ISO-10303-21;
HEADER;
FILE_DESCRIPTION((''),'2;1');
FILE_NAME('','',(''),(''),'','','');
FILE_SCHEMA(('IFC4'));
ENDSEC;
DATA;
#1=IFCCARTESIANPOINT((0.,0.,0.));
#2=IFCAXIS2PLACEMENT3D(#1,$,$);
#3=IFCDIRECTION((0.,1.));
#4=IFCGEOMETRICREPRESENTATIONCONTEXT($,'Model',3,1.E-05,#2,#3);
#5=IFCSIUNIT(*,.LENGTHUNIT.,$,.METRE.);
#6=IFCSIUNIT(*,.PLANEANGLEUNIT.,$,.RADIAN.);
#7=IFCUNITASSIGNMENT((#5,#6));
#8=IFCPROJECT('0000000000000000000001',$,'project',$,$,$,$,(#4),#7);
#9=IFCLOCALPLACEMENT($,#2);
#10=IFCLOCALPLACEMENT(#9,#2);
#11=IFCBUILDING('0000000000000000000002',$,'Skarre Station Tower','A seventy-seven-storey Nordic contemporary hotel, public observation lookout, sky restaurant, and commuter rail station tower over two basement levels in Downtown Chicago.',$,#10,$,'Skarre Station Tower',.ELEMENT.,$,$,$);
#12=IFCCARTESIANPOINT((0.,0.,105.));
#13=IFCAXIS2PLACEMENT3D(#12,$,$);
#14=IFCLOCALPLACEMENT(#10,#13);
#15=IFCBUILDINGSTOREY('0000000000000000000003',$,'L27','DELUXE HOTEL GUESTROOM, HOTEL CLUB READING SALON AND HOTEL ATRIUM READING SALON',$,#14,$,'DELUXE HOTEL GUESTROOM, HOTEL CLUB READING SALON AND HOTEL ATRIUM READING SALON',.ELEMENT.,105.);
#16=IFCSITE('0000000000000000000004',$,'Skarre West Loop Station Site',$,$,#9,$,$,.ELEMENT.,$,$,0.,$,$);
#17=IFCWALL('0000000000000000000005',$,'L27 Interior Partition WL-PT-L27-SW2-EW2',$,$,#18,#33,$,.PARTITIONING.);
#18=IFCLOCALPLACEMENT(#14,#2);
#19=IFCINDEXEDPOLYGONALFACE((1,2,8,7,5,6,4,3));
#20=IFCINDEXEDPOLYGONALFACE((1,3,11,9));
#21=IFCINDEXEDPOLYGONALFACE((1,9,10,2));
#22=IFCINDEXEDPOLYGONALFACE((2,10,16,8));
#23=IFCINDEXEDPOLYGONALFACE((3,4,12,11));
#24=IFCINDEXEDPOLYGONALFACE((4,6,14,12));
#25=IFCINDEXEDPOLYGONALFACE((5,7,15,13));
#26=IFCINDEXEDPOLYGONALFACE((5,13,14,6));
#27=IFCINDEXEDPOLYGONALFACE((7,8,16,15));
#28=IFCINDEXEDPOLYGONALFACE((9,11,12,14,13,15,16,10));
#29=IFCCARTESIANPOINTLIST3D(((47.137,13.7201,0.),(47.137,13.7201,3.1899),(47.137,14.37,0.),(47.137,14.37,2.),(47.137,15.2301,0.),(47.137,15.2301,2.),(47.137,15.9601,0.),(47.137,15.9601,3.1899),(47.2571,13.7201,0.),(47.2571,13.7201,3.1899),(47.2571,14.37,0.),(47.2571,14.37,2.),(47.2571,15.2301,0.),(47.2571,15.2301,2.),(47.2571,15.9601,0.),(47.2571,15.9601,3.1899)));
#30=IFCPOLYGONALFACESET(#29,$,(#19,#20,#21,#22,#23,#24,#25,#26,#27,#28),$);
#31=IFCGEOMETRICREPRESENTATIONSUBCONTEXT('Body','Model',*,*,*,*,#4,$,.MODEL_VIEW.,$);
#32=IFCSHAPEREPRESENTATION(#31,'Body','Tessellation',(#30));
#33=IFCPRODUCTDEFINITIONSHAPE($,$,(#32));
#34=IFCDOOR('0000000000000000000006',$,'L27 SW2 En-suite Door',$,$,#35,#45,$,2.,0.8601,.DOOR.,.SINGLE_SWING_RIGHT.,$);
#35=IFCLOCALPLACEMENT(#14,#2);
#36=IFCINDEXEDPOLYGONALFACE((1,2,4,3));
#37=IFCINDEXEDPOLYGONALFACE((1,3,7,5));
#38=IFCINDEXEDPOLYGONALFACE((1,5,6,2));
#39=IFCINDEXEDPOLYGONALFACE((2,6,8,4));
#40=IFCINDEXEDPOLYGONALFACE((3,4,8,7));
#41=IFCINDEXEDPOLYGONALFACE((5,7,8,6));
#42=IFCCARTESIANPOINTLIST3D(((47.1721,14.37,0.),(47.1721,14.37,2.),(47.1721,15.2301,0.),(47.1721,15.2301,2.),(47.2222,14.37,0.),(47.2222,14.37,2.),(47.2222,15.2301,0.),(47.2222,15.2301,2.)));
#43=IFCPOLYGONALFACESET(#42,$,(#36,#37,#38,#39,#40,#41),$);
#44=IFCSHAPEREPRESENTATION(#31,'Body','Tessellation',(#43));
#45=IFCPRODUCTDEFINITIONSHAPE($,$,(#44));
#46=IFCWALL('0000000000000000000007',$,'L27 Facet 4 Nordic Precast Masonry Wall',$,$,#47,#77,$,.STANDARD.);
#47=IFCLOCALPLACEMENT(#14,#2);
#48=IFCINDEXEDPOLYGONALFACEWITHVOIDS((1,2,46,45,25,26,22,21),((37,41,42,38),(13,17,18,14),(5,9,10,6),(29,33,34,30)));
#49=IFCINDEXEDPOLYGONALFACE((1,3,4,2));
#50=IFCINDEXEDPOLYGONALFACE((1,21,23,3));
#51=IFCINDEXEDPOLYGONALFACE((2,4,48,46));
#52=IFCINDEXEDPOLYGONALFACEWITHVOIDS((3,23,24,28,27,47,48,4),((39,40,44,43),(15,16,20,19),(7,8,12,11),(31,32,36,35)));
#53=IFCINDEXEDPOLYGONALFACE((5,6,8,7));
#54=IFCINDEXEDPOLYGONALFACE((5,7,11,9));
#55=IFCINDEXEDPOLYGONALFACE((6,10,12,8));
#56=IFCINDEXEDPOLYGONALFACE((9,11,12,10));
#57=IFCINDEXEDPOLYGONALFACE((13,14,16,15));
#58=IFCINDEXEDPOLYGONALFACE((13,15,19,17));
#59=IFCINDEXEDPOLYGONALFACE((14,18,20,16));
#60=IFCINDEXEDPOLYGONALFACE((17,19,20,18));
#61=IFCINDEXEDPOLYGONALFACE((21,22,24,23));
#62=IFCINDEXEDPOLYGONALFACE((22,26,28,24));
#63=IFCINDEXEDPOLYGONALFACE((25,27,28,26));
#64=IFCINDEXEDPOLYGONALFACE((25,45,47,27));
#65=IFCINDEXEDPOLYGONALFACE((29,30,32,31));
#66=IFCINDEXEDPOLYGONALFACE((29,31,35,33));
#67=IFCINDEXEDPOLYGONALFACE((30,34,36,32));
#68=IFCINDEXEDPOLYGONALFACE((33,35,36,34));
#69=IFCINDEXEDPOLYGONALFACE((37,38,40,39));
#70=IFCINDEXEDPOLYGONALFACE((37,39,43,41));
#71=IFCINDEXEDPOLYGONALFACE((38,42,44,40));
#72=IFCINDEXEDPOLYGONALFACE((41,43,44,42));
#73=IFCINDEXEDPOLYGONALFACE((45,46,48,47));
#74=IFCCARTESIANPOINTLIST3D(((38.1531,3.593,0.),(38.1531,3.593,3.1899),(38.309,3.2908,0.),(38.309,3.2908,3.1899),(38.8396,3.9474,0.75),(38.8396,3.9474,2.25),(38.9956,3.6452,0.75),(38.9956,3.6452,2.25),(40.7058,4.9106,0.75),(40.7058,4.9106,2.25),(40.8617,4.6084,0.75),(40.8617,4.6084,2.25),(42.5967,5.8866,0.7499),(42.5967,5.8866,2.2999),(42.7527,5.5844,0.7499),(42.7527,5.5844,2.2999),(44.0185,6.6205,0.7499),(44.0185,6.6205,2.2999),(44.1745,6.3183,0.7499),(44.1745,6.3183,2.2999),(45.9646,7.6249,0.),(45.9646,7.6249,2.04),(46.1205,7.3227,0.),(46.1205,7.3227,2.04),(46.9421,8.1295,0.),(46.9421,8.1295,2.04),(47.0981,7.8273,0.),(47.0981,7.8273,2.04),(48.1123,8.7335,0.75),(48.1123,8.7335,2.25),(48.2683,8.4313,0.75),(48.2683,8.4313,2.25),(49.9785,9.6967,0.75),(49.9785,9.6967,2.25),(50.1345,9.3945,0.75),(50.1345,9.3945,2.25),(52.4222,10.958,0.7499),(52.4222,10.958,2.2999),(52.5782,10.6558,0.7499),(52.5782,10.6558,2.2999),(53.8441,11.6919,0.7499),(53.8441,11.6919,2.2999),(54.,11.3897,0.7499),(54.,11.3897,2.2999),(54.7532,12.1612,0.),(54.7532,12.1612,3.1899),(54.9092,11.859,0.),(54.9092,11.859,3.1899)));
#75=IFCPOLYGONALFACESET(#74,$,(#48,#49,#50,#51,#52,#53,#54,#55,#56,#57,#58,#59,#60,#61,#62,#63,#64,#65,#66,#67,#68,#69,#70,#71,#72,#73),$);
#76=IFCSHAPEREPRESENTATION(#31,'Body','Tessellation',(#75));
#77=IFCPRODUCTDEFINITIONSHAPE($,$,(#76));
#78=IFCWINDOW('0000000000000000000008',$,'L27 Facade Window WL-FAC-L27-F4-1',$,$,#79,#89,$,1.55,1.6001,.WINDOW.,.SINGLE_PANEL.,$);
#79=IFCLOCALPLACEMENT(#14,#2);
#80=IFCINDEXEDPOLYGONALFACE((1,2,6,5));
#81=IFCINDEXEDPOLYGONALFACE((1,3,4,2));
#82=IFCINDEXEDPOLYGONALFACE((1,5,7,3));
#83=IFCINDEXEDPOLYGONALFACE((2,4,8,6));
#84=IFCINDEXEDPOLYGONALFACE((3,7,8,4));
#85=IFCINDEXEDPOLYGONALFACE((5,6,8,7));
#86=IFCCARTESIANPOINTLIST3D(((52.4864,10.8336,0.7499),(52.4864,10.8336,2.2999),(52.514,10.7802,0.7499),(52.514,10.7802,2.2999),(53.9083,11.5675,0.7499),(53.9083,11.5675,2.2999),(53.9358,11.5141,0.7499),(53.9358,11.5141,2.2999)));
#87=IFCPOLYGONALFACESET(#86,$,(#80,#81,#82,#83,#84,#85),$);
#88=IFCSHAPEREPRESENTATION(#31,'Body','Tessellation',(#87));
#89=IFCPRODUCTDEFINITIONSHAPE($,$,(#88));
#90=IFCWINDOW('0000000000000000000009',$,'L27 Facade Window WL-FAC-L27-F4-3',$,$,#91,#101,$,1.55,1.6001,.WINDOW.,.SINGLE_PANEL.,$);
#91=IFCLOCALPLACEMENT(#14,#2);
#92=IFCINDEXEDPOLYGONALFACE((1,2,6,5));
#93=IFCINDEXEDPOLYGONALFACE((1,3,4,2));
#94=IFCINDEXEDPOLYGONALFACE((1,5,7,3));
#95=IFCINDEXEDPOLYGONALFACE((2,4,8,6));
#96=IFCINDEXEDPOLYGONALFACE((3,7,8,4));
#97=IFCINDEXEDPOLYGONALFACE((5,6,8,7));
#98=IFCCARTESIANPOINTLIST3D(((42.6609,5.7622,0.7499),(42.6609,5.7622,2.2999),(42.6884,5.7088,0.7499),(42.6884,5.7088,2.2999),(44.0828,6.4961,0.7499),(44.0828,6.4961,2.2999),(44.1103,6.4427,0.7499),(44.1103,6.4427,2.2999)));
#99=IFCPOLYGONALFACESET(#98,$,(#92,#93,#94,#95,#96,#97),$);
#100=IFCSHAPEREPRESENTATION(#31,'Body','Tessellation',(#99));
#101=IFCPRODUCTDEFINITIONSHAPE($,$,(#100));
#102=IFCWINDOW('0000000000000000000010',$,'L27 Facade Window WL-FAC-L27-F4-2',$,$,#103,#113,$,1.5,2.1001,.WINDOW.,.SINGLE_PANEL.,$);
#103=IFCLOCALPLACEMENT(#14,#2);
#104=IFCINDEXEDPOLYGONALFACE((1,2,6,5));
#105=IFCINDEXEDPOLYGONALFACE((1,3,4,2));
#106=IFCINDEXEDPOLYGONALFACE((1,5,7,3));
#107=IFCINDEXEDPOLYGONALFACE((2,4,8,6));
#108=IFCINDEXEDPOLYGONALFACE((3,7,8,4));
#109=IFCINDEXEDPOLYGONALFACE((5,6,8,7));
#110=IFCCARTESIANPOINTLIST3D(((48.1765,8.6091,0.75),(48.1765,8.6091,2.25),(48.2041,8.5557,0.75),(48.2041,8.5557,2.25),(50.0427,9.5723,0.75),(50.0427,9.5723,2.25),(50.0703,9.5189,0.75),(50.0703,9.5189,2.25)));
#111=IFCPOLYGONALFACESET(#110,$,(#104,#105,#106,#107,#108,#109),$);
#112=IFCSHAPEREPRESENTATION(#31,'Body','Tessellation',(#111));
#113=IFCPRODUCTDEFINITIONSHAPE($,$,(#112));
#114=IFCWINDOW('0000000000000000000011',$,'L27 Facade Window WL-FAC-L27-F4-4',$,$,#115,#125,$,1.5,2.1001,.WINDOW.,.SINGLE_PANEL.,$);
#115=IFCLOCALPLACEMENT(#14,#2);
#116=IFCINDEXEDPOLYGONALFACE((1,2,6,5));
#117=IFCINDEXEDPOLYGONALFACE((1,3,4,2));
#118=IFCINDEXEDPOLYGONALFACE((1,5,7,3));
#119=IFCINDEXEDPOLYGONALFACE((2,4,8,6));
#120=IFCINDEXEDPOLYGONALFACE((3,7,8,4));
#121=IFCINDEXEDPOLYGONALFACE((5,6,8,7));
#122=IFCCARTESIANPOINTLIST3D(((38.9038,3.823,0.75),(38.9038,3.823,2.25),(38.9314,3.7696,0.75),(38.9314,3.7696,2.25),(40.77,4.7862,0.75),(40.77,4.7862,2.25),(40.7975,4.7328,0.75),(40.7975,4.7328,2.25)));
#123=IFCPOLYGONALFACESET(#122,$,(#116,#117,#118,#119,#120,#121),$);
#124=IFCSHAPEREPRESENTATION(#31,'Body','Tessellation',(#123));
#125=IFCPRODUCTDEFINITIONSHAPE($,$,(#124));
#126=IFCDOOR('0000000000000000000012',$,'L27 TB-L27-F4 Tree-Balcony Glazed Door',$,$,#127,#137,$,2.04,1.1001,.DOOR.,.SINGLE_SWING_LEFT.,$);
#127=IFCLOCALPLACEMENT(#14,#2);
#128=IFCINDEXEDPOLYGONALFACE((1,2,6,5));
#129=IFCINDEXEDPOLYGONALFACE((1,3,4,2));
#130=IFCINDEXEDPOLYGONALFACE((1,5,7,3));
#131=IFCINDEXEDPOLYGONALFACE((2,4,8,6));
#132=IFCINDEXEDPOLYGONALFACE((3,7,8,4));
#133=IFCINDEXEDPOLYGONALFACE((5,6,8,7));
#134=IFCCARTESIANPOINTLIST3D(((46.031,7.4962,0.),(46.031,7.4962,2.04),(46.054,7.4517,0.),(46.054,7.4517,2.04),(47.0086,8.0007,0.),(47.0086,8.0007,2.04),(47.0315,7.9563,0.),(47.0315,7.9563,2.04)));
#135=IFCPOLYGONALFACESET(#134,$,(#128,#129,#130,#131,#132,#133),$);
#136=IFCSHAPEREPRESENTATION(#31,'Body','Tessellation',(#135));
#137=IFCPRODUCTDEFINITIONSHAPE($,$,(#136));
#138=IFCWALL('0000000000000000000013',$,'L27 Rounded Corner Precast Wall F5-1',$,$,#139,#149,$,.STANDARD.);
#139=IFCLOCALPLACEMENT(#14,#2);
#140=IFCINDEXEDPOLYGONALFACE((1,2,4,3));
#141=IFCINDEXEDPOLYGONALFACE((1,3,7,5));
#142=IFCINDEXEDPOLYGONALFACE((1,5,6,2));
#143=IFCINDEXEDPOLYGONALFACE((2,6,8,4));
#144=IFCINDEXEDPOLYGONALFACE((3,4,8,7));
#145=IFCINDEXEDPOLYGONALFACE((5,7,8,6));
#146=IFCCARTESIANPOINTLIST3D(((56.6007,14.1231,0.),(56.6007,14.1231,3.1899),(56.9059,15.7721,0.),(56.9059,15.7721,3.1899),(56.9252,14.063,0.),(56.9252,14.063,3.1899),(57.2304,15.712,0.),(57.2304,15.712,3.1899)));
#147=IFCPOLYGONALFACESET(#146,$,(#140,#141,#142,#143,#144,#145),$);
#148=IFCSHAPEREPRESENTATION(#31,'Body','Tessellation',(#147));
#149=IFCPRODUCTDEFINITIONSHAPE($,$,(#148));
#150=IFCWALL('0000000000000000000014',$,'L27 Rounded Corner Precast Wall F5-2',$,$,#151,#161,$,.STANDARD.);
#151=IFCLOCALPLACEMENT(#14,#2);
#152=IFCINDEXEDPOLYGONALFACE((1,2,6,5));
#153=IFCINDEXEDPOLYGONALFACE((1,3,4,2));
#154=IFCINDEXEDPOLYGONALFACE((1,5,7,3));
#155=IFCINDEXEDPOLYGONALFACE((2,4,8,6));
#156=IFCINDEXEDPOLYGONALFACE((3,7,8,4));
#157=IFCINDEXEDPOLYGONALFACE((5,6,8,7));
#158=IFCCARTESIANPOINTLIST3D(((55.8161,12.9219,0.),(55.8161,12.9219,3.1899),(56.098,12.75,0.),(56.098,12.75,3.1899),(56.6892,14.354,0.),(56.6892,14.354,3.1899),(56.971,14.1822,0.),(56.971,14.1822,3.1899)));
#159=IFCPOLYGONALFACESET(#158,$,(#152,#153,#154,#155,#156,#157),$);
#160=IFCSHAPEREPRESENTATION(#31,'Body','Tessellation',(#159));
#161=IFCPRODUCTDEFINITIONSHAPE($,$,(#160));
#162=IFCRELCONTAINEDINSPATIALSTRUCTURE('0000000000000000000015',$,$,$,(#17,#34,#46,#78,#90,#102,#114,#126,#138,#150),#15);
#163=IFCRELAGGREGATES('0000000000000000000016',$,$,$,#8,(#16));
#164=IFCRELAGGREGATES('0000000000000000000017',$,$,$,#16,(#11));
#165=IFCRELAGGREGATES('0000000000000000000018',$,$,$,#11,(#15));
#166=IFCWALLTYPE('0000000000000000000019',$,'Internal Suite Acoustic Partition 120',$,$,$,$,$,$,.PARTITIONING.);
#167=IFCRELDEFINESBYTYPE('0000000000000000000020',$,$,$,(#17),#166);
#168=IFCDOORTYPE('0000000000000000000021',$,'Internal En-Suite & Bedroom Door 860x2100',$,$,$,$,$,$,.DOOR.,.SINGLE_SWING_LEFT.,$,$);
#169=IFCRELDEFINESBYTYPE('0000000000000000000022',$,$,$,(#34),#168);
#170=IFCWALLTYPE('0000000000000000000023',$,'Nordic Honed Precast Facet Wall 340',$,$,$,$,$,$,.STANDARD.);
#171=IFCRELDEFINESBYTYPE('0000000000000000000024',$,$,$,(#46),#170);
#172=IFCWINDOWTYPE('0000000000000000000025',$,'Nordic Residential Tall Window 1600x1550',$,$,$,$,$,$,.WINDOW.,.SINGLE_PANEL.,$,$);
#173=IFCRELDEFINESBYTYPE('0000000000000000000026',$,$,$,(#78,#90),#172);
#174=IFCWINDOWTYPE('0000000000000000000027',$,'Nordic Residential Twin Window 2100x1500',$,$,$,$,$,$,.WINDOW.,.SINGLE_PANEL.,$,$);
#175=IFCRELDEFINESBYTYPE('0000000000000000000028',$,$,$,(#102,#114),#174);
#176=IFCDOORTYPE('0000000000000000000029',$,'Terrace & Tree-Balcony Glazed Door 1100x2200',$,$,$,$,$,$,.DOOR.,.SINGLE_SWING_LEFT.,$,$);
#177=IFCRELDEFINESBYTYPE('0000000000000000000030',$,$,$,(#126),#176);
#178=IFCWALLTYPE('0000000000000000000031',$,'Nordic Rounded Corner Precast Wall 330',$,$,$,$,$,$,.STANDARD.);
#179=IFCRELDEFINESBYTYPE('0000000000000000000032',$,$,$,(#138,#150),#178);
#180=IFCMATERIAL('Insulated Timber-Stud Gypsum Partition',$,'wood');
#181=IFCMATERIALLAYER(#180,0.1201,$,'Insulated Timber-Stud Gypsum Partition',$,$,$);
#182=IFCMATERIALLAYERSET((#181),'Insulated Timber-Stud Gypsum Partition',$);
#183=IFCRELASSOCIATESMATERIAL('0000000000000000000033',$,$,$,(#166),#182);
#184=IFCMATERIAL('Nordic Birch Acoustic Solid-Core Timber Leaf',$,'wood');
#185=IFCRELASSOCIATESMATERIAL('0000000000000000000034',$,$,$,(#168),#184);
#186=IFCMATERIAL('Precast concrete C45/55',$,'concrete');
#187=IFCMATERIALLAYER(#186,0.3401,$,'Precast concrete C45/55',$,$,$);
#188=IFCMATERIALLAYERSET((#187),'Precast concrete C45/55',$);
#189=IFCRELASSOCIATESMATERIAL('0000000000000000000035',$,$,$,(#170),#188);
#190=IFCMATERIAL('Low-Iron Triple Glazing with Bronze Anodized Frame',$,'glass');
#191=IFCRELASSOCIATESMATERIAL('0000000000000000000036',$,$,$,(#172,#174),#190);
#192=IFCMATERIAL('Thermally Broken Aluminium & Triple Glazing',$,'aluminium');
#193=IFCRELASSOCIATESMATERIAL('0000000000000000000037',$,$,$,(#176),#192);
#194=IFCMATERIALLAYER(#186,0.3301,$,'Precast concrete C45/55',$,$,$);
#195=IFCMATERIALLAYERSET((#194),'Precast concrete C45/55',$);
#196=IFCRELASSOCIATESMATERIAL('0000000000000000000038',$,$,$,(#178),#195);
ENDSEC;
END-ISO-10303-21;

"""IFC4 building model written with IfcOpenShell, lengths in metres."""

from ifc_helpers import new_model, si_unit, direction, frame, frame_2d, origin, place, context, subcontext, project, spatial, rectangle, extrude, material, layer, layer_set, type_object, element, fill, save


model = new_model("IFC4")

# Units and contexts
model_context = context("Model", 3, precision=1e-05, world=origin(), true_north=direction((0.0, 1.0)))
body_context = subcontext(model_context, "Body", "Model", "MODEL_VIEW")
ifc_project = project(units=[si_unit("LENGTHUNIT", "METRE"), si_unit("PLANEANGLEUNIT", "RADIAN")], contexts=[model_context])

# Site, building, storey
site_placement = place(None, origin())
site = spatial("IfcSite", under=ifc_project, at=site_placement, Name="Skarre West Loop Station Site", CompositionType="ELEMENT", RefElevation=0.0)
building_placement = place(site_placement, origin())
building = spatial("IfcBuilding", under=site, at=building_placement, Name="Skarre Station Tower", Description="A seventy-seven-storey Nordic contemporary hotel, public observation lookout, sky restaurant, and commuter rail station tower over two basement levels in Downtown Chicago.", LongName="Skarre Station Tower", CompositionType="ELEMENT")
storey_placement = place(building_placement, frame((0.0, 0.0, 105.0)))
storey = spatial("IfcBuildingStorey", under=building, at=storey_placement, Name="L27", Description="DELUXE HOTEL GUESTROOM, HOTEL CLUB READING SALON AND HOTEL ATRIUM READING SALON", LongName="DELUXE HOTEL GUESTROOM, HOTEL CLUB READING SALON AND HOTEL ATRIUM READING SALON", CompositionType="ELEMENT", Elevation=105.0)

# Wall, opening, door
ifc_material_1 = material(Name="Insulated Timber-Stud Gypsum Partition", Category="wood")
ifc_layer_1 = layer(ifc_material_1, 0.1201, Name="Insulated Timber-Stud Gypsum Partition")
ifc_layer_set_1 = layer_set([ifc_layer_1], Name="Insulated Timber-Stud Gypsum Partition")
wall_type_1 = type_object("IfcWallType", Name="Internal Suite Acoustic Partition 120", PredefinedType="PARTITIONING", material=ifc_layer_set_1)
wall_1_placement = place(storey_placement, frame((47.197, 13.72, 0.0), z_axis=(0.0, 0.0, 1.0), x_axis=(0.0, 1.0, 0.0)))
wall_1 = element("IfcWall", 1, at=wall_1_placement, inside=storey, type_object=wall_type_1, Name="L27 Interior Partition WL-PT-L27-SW2-EW2", PredefinedType="PARTITIONING", context=body_context, shape_type="SweptSolid", body=[
    extrude(rectangle(XDim=2.24, YDim=0.1201, at=frame_2d((1.1201, 0.0))), origin(), (0.0, 0.0, 1.0), 3.1899),
])
opening_1_placement = place(wall_1_placement, frame((0.6499, 0.0, 0.0)))
opening_1 = element("IfcOpeningElement", 2, at=opening_1_placement, cuts=wall_1, PredefinedType="OPENING", context=body_context, shape_type="SweptSolid", body=[
    extrude(rectangle(XDim=0.8601, YDim=2.0, at=frame_2d((0.4302, 1.0))), frame((0.0, 0.0701, 0.0), z_axis=(0.0, -1.0, 0.0), x_axis=(1.0, 0.0, 0.0)), (0.0, 0.0, 1.0), 0.1401),
])
ifc_material_2 = material(Name="Nordic Birch Acoustic Solid-Core Timber Leaf", Category="wood")
door_type_1 = type_object("IfcDoorType", Name="Internal En-Suite & Bedroom Door 860x2100", OperationType="SINGLE_SWING_LEFT", PredefinedType="DOOR", material=ifc_material_2)
door_1_placement = place(opening_1_placement, origin())
door_1 = element("IfcDoor", 3, at=door_1_placement, inside=storey, type_object=door_type_1, Name="L27 SW2 En-suite Door", OperationType="SINGLE_SWING_RIGHT", OverallHeight=2.0, OverallWidth=0.8601, PredefinedType="DOOR", context=body_context, shape_type="SweptSolid", body=[
    extrude(rectangle(XDim=0.8601, YDim=2.0, at=frame_2d((0.4302, 1.0))), frame((0.0, 0.0249, 0.0), z_axis=(0.0, -1.0, 0.0), x_axis=(1.0, 0.0, 0.0)), (0.0, 0.0, 1.0), 0.05),
])
fill(opening_1, door_1)

# Wall, openings, windows, door
ifc_material_3 = material(Name="Precast concrete C45/55", Category="concrete")
ifc_layer_2 = layer(ifc_material_3, 0.3401, Name="Precast concrete C45/55")
ifc_layer_set_2 = layer_set([ifc_layer_2], Name="Precast concrete C45/55")
wall_type_2 = type_object("IfcWallType", Name="Nordic Honed Precast Facet Wall 340", PredefinedType="STANDARD", material=ifc_layer_set_2)
wall_2_placement = place(storey_placement, frame((54.8311, 12.01, 0.0), z_axis=(0.0, 0.0, 1.0), x_axis=(-0.888614, -0.458657, 0.0)))
wall_2 = element("IfcWall", 4, at=wall_2_placement, inside=storey, type_object=wall_type_2, Name="L27 Facet 4 Nordic Precast Masonry Wall", PredefinedType="STANDARD", context=body_context, shape_type="SweptSolid", body=[
    extrude(rectangle(XDim=18.6809, YDim=0.3401, at=frame_2d((9.3403, 0.0))), origin(), (0.0, 0.0, 1.0), 3.1899),
])
opening_2_placement = place(wall_2_placement, frame((8.79, 0.0, 0.0)))
opening_2 = element("IfcOpeningElement", 5, at=opening_2_placement, cuts=wall_2, PredefinedType="OPENING", context=body_context, shape_type="SweptSolid", body=[
    extrude(rectangle(XDim=1.1001, YDim=2.04, at=frame_2d((0.55, 1.02))), frame((0.0, 0.1799, 0.0), z_axis=(0.0, -1.0, 0.0), x_axis=(1.0, 0.0, 0.0)), (0.0, 0.0, 1.0), 0.3601),
])
opening_3_placement = place(wall_2_placement, frame((1.0229, 0.0, 0.75)))
opening_3 = element("IfcOpeningElement", 6, at=opening_3_placement, cuts=wall_2, PredefinedType="OPENING", context=body_context, shape_type="SweptSolid", body=[
    extrude(rectangle(XDim=1.6001, YDim=1.55, at=frame_2d((0.8, 0.7749))), frame((0.0, 0.1799, 0.0), z_axis=(0.0, -1.0, 0.0), x_axis=(1.0, 0.0, 0.0)), (0.0, 0.0, 1.0), 0.3601),
])
opening_4_placement = place(wall_2_placement, frame((5.373, 0.0, 0.75)))
opening_4 = element("IfcOpeningElement", 7, at=opening_4_placement, cuts=wall_2, PredefinedType="OPENING", context=body_context, shape_type="SweptSolid", body=[
    extrude(rectangle(XDim=2.1001, YDim=1.5, at=frame_2d((1.05, 0.75))), frame((0.0, 0.1799, 0.0), z_axis=(0.0, -1.0, 0.0), x_axis=(1.0, 0.0, 0.0)), (0.0, 0.0, 1.0), 0.3601),
])
opening_5_placement = place(wall_2_placement, frame((12.0801, 0.0, 0.75)))
opening_5 = element("IfcOpeningElement", 8, at=opening_5_placement, cuts=wall_2, PredefinedType="OPENING", context=body_context, shape_type="SweptSolid", body=[
    extrude(rectangle(XDim=1.6001, YDim=1.55, at=frame_2d((0.8, 0.7749))), frame((0.0, 0.1799, 0.0), z_axis=(0.0, -1.0, 0.0), x_axis=(1.0, 0.0, 0.0)), (0.0, 0.0, 1.0), 0.3601),
])
opening_6_placement = place(wall_2_placement, frame((15.8081, 0.0, 0.75)))
opening_6 = element("IfcOpeningElement", 9, at=opening_6_placement, cuts=wall_2, PredefinedType="OPENING", context=body_context, shape_type="SweptSolid", body=[
    extrude(rectangle(XDim=2.1001, YDim=1.5, at=frame_2d((1.05, 0.75))), frame((0.0, 0.1799, 0.0), z_axis=(0.0, -1.0, 0.0), x_axis=(1.0, 0.0, 0.0)), (0.0, 0.0, 1.0), 0.3601),
])
ifc_material_4 = material(Name="Low-Iron Triple Glazing with Bronze Anodized Frame", Category="glass")
window_type_1 = type_object("IfcWindowType", Name="Nordic Residential Tall Window 1600x1550", PartitioningType="SINGLE_PANEL", PredefinedType="WINDOW", material=ifc_material_4)
window_1_placement = place(opening_3_placement, origin())
window_1 = element("IfcWindow", 10, at=window_1_placement, inside=storey, type_object=window_type_1, Name="L27 Facade Window WL-FAC-L27-F4-1", OverallHeight=1.55, OverallWidth=1.6001, PartitioningType="SINGLE_PANEL", PredefinedType="WINDOW", context=body_context, shape_type="SweptSolid", body=[
    extrude(rectangle(XDim=1.6001, YDim=1.55, at=frame_2d((0.8, 0.7749))), frame((0.0, 0.03, 0.0), z_axis=(0.0, -1.0, 0.0), x_axis=(1.0, 0.0, 0.0)), (0.0, 0.0, 1.0), 0.0601),
])
fill(opening_3, window_1)
window_2_placement = place(opening_5_placement, origin())
window_2 = element("IfcWindow", 11, at=window_2_placement, inside=storey, type_object=window_type_1, Name="L27 Facade Window WL-FAC-L27-F4-3", OverallHeight=1.55, OverallWidth=1.6001, PartitioningType="SINGLE_PANEL", PredefinedType="WINDOW", context=body_context, shape_type="SweptSolid", body=[
    extrude(rectangle(XDim=1.6001, YDim=1.55, at=frame_2d((0.8, 0.7749))), frame((0.0, 0.03, 0.0), z_axis=(0.0, -1.0, 0.0), x_axis=(1.0, 0.0, 0.0)), (0.0, 0.0, 1.0), 0.0601),
])
fill(opening_5, window_2)
window_type_2 = type_object("IfcWindowType", Name="Nordic Residential Twin Window 2100x1500", PartitioningType="SINGLE_PANEL", PredefinedType="WINDOW", material=ifc_material_4)
window_3_placement = place(opening_4_placement, origin())
window_3 = element("IfcWindow", 12, at=window_3_placement, inside=storey, type_object=window_type_2, Name="L27 Facade Window WL-FAC-L27-F4-2", OverallHeight=1.5, OverallWidth=2.1001, PartitioningType="SINGLE_PANEL", PredefinedType="WINDOW", context=body_context, shape_type="SweptSolid", body=[
    extrude(rectangle(XDim=2.1001, YDim=1.5, at=frame_2d((1.05, 0.75))), frame((0.0, 0.03, 0.0), z_axis=(0.0, -1.0, 0.0), x_axis=(1.0, 0.0, 0.0)), (0.0, 0.0, 1.0), 0.0601),
])
fill(opening_4, window_3)
window_4_placement = place(opening_6_placement, origin())
window_4 = element("IfcWindow", 13, at=window_4_placement, inside=storey, type_object=window_type_2, Name="L27 Facade Window WL-FAC-L27-F4-4", OverallHeight=1.5, OverallWidth=2.1001, PartitioningType="SINGLE_PANEL", PredefinedType="WINDOW", context=body_context, shape_type="SweptSolid", body=[
    extrude(rectangle(XDim=2.1001, YDim=1.5, at=frame_2d((1.05, 0.75))), frame((0.0, 0.03, 0.0), z_axis=(0.0, -1.0, 0.0), x_axis=(1.0, 0.0, 0.0)), (0.0, 0.0, 1.0), 0.0601),
])
fill(opening_6, window_4)
ifc_material_5 = material(Name="Thermally Broken Aluminium & Triple Glazing", Category="aluminium")
door_type_2 = type_object("IfcDoorType", Name="Terrace & Tree-Balcony Glazed Door 1100x2200", OperationType="SINGLE_SWING_LEFT", PredefinedType="DOOR", material=ifc_material_5)
door_2_placement = place(opening_2_placement, origin())
door_2 = element("IfcDoor", 14, at=door_2_placement, inside=storey, type_object=door_type_2, Name="L27 TB-L27-F4 Tree-Balcony Glazed Door", OperationType="SINGLE_SWING_LEFT", OverallHeight=2.04, OverallWidth=1.1001, PredefinedType="DOOR", context=body_context, shape_type="SweptSolid", body=[
    extrude(rectangle(XDim=1.1001, YDim=2.04, at=frame_2d((0.55, 1.02))), frame((0.0, 0.0249, 0.0), z_axis=(0.0, -1.0, 0.0), x_axis=(1.0, 0.0, 0.0)), (0.0, 0.0, 1.0), 0.05),
])
fill(opening_2, door_2)

# Walls
ifc_layer_3 = layer(ifc_material_3, 0.3301, Name="Precast concrete C45/55")
ifc_layer_set_3 = layer_set([ifc_layer_3], Name="Precast concrete C45/55")
wall_type_3 = type_object("IfcWallType", Name="Nordic Rounded Corner Precast Wall 330", PredefinedType="STANDARD", material=ifc_layer_set_3)
wall_3_placement = place(storey_placement, frame((57.0681, 15.7419, 0.0), z_axis=(0.0, 0.0, 1.0), x_axis=(-0.181985, -0.983301, 0.0)))
element("IfcWall", 15, at=wall_3_placement, inside=storey, type_object=wall_type_3, Name="L27 Rounded Corner Precast Wall F5-1", PredefinedType="STANDARD", context=body_context, shape_type="SweptSolid", body=[
    extrude(rectangle(XDim=1.677, YDim=0.3301, at=frame_2d((0.8384, 0.0))), origin(), (0.0, 0.0, 1.0), 3.1899),
])
wall_4_placement = place(storey_placement, frame((56.8301, 14.2681, 0.0), z_axis=(0.0, 0.0, 1.0), x_axis=(-0.520519, -0.85385, 0.0)))
element("IfcWall", 16, at=wall_4_placement, inside=storey, type_object=wall_type_3, Name="L27 Rounded Corner Precast Wall F5-2", PredefinedType="STANDARD", context=body_context, shape_type="SweptSolid", body=[
    extrude(rectangle(XDim=1.6772, YDim=0.3301, at=frame_2d((0.8386, 0.0))), origin(), (0.0, 0.0, 1.0), 3.1899),
])

save(model, "model.ifc")
